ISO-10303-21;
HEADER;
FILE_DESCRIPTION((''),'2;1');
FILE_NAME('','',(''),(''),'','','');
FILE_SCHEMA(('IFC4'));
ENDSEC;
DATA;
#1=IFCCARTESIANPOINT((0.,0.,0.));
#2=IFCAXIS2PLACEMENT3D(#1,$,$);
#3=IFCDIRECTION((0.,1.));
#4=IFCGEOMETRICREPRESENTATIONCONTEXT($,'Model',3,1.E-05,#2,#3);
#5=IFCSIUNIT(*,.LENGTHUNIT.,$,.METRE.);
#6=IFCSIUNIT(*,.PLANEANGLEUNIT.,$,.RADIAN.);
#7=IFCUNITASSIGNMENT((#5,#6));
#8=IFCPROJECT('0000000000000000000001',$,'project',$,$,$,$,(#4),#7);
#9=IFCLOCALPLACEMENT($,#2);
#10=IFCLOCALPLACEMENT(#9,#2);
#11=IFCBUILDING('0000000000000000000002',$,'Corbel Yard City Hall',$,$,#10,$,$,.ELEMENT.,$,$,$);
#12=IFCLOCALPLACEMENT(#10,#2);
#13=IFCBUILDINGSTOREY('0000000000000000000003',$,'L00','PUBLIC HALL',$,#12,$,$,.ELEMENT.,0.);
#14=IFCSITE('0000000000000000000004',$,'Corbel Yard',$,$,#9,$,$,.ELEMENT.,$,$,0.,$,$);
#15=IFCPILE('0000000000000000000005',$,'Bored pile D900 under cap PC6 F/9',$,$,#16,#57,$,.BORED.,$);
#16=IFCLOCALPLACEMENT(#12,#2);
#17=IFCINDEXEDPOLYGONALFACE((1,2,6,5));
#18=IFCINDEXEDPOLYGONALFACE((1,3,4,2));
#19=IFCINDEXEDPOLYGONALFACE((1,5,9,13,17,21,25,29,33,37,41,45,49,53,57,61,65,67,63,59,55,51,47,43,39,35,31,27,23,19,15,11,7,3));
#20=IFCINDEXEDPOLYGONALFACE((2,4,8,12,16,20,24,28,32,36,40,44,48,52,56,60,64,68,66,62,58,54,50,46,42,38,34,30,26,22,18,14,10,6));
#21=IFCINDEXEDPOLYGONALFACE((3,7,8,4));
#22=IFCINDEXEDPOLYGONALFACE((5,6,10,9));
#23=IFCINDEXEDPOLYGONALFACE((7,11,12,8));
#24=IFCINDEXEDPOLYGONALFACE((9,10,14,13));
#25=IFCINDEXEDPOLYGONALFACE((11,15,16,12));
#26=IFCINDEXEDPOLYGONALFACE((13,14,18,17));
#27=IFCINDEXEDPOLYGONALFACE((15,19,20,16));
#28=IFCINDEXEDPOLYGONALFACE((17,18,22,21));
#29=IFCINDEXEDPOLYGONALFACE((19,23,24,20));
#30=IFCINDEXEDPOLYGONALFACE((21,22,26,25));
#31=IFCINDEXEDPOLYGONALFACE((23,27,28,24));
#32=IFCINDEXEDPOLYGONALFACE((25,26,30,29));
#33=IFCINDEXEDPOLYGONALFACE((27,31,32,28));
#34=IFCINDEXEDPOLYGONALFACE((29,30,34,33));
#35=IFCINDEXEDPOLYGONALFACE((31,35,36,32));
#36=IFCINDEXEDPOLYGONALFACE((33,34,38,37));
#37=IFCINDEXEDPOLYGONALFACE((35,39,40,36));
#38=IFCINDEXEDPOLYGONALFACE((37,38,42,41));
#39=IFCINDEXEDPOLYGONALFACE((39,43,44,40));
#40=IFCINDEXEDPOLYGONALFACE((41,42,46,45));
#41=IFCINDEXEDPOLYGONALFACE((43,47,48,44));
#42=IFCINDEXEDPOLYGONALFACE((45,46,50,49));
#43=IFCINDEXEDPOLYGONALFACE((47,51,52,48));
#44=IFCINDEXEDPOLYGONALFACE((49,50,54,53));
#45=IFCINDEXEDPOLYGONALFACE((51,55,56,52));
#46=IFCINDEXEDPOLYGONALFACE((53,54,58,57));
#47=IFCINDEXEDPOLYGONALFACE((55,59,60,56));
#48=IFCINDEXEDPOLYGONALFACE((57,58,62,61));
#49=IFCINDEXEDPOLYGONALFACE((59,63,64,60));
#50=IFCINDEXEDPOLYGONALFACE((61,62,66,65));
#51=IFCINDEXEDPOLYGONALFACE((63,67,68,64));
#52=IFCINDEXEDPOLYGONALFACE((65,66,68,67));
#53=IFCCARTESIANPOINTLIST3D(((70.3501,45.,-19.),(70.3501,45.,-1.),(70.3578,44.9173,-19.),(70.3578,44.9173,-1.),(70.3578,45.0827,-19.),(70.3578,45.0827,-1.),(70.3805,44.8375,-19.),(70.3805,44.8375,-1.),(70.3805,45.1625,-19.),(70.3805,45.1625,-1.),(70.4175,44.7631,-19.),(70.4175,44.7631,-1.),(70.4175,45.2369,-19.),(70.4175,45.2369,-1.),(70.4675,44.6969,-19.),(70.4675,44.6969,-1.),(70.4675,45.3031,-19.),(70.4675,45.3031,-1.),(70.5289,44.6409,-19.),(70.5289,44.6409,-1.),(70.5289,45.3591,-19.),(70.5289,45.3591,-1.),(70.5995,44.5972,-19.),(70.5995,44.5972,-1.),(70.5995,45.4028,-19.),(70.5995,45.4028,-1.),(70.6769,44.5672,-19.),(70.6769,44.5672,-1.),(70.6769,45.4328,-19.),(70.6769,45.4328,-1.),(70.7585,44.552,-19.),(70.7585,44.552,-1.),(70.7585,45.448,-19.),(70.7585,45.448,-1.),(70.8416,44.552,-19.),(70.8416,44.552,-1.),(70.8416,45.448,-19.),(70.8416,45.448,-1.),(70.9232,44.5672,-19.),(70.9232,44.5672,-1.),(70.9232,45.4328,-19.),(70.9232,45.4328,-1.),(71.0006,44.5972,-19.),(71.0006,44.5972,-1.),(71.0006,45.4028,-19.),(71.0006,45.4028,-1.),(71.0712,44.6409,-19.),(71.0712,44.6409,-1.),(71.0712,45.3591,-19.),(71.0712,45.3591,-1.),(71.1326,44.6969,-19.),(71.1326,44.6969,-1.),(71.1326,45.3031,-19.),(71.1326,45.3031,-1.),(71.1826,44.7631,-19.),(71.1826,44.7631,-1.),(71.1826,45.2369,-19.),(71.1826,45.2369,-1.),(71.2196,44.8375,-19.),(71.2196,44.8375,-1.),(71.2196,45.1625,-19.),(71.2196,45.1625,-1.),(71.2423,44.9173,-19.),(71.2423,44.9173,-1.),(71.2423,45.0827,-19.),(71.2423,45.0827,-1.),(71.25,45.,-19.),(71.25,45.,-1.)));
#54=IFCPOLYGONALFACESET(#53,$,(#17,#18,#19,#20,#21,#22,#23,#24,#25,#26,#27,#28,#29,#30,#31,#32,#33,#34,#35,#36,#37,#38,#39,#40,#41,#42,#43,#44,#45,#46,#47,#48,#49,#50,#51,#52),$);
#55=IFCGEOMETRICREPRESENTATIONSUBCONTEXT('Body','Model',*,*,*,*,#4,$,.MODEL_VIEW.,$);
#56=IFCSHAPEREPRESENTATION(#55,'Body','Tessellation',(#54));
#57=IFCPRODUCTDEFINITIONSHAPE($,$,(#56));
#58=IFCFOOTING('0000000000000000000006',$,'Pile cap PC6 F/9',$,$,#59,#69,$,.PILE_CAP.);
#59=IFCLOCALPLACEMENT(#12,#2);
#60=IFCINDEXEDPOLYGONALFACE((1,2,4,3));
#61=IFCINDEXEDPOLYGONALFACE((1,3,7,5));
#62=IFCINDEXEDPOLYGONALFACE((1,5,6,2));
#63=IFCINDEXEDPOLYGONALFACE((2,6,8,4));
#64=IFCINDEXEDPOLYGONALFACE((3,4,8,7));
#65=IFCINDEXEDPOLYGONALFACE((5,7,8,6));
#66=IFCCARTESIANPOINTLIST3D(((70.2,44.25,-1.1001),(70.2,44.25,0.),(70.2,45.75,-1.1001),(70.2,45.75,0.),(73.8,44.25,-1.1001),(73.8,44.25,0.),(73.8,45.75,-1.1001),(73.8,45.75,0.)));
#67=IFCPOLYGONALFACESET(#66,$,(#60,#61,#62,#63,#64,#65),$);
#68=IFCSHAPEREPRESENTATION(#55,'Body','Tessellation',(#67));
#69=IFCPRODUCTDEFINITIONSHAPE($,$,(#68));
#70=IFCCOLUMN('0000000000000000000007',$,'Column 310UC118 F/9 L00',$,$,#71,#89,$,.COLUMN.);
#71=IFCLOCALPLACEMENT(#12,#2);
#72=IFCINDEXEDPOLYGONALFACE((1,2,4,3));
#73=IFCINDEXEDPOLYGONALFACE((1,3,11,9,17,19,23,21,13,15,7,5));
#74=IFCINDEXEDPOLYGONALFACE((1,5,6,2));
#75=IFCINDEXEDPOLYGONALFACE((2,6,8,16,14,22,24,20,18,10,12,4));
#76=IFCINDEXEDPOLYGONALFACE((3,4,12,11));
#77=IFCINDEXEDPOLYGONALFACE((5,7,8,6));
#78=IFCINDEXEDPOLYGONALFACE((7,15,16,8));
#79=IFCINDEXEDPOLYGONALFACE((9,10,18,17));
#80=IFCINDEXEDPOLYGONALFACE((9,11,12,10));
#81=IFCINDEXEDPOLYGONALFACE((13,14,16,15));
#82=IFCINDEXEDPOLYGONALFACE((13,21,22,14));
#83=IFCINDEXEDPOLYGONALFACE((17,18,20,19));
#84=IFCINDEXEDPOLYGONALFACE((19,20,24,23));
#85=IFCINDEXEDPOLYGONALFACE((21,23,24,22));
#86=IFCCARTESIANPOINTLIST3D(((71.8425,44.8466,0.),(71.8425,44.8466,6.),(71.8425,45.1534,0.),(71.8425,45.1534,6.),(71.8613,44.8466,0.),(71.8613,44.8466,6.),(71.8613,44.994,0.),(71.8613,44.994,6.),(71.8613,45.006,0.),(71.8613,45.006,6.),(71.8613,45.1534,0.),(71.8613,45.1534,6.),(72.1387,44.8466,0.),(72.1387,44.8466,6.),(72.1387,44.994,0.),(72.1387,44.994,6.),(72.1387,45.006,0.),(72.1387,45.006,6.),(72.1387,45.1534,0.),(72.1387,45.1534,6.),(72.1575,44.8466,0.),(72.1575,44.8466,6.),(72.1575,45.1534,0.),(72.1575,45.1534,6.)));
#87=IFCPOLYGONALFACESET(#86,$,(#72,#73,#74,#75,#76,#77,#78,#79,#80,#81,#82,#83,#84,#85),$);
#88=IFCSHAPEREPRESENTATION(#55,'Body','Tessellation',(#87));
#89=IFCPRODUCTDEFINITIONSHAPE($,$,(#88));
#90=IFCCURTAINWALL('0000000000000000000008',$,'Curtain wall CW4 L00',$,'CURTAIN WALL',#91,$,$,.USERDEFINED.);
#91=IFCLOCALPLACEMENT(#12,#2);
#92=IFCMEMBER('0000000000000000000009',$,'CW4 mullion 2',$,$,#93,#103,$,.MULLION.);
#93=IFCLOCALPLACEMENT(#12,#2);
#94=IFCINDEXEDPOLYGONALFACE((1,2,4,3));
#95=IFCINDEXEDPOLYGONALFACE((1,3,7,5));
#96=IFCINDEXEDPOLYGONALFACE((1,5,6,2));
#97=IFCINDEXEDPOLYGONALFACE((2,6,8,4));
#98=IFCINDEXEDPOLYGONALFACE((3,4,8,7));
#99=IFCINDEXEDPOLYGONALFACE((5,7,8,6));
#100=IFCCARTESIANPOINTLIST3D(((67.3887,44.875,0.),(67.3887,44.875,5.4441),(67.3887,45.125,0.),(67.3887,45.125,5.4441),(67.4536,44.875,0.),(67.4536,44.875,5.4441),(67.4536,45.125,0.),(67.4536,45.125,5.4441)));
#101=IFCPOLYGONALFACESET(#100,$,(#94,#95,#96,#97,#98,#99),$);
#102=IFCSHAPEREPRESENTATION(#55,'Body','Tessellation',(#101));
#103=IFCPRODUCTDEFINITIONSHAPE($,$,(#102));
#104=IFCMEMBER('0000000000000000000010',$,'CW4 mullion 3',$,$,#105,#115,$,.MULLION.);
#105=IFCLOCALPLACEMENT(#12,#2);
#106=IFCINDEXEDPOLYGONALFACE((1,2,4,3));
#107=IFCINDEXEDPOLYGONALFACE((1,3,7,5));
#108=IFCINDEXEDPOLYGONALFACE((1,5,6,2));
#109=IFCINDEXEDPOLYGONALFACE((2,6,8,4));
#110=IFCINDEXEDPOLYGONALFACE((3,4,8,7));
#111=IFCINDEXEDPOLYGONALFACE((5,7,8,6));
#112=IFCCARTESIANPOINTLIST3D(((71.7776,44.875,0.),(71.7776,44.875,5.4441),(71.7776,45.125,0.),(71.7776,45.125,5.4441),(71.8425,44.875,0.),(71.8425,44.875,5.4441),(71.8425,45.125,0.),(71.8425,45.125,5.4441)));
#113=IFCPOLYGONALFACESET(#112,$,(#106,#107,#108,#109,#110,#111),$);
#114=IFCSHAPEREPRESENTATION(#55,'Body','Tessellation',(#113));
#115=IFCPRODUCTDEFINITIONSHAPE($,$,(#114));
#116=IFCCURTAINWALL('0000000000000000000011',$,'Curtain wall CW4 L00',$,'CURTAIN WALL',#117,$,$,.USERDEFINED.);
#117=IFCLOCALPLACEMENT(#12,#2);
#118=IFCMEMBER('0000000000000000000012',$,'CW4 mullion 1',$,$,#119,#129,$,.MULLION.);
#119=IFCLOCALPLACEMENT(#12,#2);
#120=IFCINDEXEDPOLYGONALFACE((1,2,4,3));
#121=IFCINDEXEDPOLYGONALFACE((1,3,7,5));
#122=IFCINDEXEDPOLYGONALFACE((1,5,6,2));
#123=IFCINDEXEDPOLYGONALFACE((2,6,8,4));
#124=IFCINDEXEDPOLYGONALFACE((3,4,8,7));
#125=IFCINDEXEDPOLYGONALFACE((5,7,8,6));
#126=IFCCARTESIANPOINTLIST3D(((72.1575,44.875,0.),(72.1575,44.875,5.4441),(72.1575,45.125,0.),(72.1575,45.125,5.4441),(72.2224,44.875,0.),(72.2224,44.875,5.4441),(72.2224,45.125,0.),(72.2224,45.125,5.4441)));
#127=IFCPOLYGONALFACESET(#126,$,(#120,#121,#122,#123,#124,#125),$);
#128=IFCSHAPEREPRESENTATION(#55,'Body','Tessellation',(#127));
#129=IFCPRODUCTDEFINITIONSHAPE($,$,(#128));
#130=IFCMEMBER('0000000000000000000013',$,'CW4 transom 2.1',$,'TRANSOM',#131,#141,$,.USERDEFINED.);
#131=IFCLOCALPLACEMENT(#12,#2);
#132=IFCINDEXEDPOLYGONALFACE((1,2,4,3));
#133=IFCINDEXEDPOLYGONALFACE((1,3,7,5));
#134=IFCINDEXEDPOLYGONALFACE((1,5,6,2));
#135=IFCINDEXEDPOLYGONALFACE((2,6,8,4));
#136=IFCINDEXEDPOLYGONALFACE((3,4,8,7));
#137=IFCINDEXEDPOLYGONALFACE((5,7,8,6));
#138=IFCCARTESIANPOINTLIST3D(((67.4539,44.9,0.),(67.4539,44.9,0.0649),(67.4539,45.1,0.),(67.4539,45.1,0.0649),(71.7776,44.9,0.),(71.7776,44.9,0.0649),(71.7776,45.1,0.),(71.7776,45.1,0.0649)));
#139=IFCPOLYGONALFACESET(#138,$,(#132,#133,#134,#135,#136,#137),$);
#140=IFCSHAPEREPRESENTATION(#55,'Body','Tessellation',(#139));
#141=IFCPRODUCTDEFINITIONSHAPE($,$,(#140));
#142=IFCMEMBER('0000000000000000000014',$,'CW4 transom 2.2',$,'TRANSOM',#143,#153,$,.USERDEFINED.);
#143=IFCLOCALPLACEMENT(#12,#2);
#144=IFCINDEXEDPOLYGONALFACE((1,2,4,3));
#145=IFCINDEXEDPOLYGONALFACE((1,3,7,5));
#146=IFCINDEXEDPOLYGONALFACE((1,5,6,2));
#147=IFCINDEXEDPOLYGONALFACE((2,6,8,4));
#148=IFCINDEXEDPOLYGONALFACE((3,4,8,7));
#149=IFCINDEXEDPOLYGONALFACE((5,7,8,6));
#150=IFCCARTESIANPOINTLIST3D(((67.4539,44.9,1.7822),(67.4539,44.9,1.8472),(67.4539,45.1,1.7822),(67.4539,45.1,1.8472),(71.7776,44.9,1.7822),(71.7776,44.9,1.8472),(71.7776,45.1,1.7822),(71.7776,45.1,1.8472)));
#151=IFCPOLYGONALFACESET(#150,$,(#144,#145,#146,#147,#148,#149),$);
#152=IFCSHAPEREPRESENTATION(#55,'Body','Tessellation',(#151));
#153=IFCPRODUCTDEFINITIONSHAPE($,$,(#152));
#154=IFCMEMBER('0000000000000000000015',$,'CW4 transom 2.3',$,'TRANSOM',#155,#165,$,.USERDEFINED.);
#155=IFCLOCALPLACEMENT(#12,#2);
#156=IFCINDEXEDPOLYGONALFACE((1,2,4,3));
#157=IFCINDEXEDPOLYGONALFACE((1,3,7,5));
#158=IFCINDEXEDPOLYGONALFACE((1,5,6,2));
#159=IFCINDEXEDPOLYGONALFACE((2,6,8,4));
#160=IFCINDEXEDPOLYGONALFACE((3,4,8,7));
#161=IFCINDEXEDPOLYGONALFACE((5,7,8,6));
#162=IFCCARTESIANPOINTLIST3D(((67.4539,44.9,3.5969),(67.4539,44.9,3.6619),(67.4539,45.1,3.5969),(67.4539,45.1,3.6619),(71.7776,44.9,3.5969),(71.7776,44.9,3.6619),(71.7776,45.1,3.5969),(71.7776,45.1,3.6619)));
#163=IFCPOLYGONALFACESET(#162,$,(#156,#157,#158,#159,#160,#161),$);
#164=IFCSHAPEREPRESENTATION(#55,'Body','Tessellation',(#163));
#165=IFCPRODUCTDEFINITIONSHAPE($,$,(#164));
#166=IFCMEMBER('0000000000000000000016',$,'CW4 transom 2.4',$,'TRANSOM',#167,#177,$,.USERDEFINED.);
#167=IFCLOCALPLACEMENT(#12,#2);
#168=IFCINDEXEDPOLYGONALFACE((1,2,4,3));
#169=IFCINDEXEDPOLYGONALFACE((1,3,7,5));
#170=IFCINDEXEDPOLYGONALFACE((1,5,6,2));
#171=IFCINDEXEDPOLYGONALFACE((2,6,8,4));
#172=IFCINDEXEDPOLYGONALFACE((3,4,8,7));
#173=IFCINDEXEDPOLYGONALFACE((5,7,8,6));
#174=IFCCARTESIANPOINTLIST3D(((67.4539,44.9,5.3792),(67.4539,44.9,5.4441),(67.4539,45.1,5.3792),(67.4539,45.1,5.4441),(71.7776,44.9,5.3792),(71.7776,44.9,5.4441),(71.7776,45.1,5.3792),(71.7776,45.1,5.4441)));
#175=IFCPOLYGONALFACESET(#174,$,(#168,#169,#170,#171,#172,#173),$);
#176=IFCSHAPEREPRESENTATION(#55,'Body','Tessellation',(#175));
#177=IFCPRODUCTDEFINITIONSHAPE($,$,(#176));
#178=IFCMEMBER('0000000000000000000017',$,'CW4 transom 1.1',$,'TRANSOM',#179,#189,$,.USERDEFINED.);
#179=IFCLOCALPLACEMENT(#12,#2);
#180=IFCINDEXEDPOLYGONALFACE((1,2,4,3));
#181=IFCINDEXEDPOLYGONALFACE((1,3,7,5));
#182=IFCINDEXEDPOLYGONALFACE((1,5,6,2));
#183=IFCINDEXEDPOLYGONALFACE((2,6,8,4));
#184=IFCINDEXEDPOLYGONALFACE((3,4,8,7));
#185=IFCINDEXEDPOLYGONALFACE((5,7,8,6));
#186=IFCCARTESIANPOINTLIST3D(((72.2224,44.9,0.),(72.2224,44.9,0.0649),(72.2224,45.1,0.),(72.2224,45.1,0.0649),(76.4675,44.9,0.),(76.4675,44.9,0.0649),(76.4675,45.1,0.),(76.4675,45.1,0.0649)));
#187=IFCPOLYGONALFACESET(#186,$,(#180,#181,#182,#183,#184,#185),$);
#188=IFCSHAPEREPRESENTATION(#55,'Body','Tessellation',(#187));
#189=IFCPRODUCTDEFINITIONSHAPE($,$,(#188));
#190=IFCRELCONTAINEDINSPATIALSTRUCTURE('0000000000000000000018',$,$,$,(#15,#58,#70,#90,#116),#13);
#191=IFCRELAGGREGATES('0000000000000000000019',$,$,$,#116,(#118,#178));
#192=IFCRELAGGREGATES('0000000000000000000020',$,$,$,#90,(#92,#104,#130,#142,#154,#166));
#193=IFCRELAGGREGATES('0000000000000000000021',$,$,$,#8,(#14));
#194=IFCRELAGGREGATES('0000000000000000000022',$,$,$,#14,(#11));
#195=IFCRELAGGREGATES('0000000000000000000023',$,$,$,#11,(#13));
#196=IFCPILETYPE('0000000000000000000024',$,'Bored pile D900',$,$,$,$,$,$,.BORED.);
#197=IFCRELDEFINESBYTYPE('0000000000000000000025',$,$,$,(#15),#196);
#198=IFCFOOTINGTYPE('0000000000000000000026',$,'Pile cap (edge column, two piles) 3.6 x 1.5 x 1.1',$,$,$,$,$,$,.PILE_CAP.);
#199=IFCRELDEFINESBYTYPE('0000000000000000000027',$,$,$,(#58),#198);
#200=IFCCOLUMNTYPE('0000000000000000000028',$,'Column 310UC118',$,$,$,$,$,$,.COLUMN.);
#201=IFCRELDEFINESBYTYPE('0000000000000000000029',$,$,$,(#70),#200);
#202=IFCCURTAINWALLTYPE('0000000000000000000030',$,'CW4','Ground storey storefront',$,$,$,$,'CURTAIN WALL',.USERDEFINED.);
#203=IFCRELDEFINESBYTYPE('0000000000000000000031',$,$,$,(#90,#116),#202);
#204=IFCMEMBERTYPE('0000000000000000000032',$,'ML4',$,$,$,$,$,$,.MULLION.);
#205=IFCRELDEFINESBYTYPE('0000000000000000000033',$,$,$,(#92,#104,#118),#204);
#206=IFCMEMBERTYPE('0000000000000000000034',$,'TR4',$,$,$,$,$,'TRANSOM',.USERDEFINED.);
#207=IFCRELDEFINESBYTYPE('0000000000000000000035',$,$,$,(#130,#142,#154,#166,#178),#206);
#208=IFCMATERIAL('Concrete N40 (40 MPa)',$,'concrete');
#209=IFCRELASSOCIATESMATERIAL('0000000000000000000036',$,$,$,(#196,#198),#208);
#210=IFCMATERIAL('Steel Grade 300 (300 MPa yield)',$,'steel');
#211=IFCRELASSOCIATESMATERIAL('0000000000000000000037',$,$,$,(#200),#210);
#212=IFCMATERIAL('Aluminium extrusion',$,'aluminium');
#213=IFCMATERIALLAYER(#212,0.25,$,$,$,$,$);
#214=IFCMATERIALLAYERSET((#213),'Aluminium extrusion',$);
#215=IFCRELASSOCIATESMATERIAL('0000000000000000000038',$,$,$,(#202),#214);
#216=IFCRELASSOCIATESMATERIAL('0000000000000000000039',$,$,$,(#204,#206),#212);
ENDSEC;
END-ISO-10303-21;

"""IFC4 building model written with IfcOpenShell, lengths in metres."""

from ifc_helpers import new_model, si_unit, direction, frame, origin, origin_2d, place, context, subcontext, project, spatial, rectangle, circle, i_section, extrude, material, layer, layer_set, material_profile, profile_set, type_object, element, aggregate, save


model = new_model("IFC4")

# Units and contexts
model_context = context("Model", 3, precision=1e-05, world=origin(), true_north=direction((0.0, 1.0)))
body_context = subcontext(model_context, "Body", "Model", "MODEL_VIEW")
ifc_project = project(units=[si_unit("LENGTHUNIT", "METRE"), si_unit("PLANEANGLEUNIT", "RADIAN")], contexts=[model_context])

# Site, building, storey
site_placement = place(None, origin())
site = spatial("IfcSite", under=ifc_project, at=site_placement, Name="Corbel Yard", CompositionType="ELEMENT", RefElevation=0.0)
building_placement = place(site_placement, origin())
building = spatial("IfcBuilding", under=site, at=building_placement, Name="Corbel Yard City Hall", CompositionType="ELEMENT")
storey_placement = place(building_placement, origin())
storey = spatial("IfcBuildingStorey", under=building, at=storey_placement, Name="L00", Description="PUBLIC HALL", CompositionType="ELEMENT", Elevation=0.0)

# Pile
ifc_material_1 = material(Name="Concrete N40 (40 MPa)", Category="concrete")
ifc_material_profile_1 = material_profile(ifc_material_1, circle(Radius=0.45, at=origin_2d()), Name="D900")
ifc_profile_set_1 = profile_set([ifc_material_profile_1], Name="Concrete N40 (40 MPa)")
pile_type = type_object("IfcPileType", Name="Bored pile D900", PredefinedType="BORED", material=ifc_profile_set_1)
pile_placement = place(storey_placement, frame((70.8, 45.0, -1.0), z_axis=(0.0, 0.0, -1.0), x_axis=(1.0, 0.0, 0.0)))
element("IfcPile", 1, at=pile_placement, inside=storey, type_object=pile_type, Name="Bored pile D900 under cap PC6 F/9", PredefinedType="BORED", context=body_context, shape_type="SweptSolid", body=[
    extrude(circle(Radius=0.45, at=origin_2d()), origin(), (0.0, 0.0, 1.0), 18.0),
])

# Footing
footing_type = type_object("IfcFootingType", Name="Pile cap (edge column, two piles) 3.6 x 1.5 x 1.1", PredefinedType="PILE_CAP", material=ifc_material_1)
footing_placement = place(storey_placement, frame((72.0, 45.0, -1.1001), z_axis=(0.0, 0.0, 1.0), x_axis=(1.0, 0.0, 0.0)))
element("IfcFooting", 2, at=footing_placement, inside=storey, type_object=footing_type, Name="Pile cap PC6 F/9", PredefinedType="PILE_CAP", context=body_context, shape_type="SweptSolid", body=[
    extrude(rectangle(XDim=3.6001, YDim=1.5, at=origin_2d()), origin(), (0.0, 0.0, 1.0), 1.1001),
])

# Column
ifc_material_2 = material(Name="Steel Grade 300 (300 MPa yield)", Category="steel")
ifc_material_profile_2 = material_profile(ifc_material_2, i_section(OverallWidth=0.3069, OverallDepth=0.3149, WebThickness=0.012, FlangeThickness=0.0188, at=origin_2d()), Name="310UC118")
ifc_profile_set_2 = profile_set([ifc_material_profile_2], Name="Steel Grade 300 (300 MPa yield)")
column_type = type_object("IfcColumnType", Name="Column 310UC118", PredefinedType="COLUMN", material=ifc_profile_set_2)
column_placement = place(storey_placement, frame((72.0, 45.0, 0.0), z_axis=(0.0, 0.0, 1.0), x_axis=(0.0, 1.0, 0.0)))
element("IfcColumn", 3, at=column_placement, inside=storey, type_object=column_type, Name="Column 310UC118 F/9 L00", PredefinedType="COLUMN", context=body_context, shape_type="SweptSolid", body=[
    extrude(i_section(OverallWidth=0.3069, OverallDepth=0.3149, WebThickness=0.012, FlangeThickness=0.0188, at=origin_2d()), origin(), (0.0, 0.0, 1.0), 6.0),
])

# Curtain wall, members
ifc_material_3 = material(Name="Aluminium extrusion", Category="aluminium")
ifc_layer_1 = layer(ifc_material_3, 0.25)
ifc_layer_set_1 = layer_set([ifc_layer_1], Name="Aluminium extrusion")
curtain_wall_type = type_object("IfcCurtainWallType", Name="CW4", Description="Ground storey storefront", ElementType="CURTAIN WALL", PredefinedType="USERDEFINED", material=ifc_layer_set_1)
curtain_wall_1_placement = place(storey_placement, origin())
curtain_wall_1 = element("IfcCurtainWall", 4, at=curtain_wall_1_placement, inside=storey, type_object=curtain_wall_type, Name="Curtain wall CW4 L00", ObjectType="CURTAIN WALL", PredefinedType="USERDEFINED")
ifc_material_profile_3 = material_profile(ifc_material_3, rectangle(XDim=0.25, YDim=0.0649, at=origin_2d()), Name="250x65")
ifc_profile_set_3 = profile_set([ifc_material_profile_3], Name="Aluminium extrusion")
member_type_1 = type_object("IfcMemberType", Name="ML4", PredefinedType="MULLION", material=ifc_profile_set_3)
member_1_placement = place(storey_placement, frame((67.4211, 45.0, 0.0), z_axis=(0.0, 0.0, 1.0), x_axis=(0.0, 1.0, 0.0)))
member_1 = element("IfcMember", 5, at=member_1_placement, type_object=member_type_1, Name="CW4 mullion 2", PredefinedType="MULLION", context=body_context, shape_type="SweptSolid", body=[
    extrude(rectangle(XDim=0.25, YDim=0.0649, at=origin_2d()), origin(), (0.0, 0.0, 1.0), 5.4441),
])
member_2_placement = place(storey_placement, frame((71.8101, 45.0, 0.0), z_axis=(0.0, 0.0, 1.0), x_axis=(0.0, 1.0, 0.0)))
member_2 = element("IfcMember", 6, at=member_2_placement, type_object=member_type_1, Name="CW4 mullion 3", PredefinedType="MULLION", context=body_context, shape_type="SweptSolid", body=[
    extrude(rectangle(XDim=0.25, YDim=0.0649, at=origin_2d()), origin(), (0.0, 0.0, 1.0), 5.4441),
])

# Curtain wall, member
curtain_wall_2_placement = place(storey_placement, origin())
curtain_wall_2 = element("IfcCurtainWall", 7, at=curtain_wall_2_placement, inside=storey, type_object=curtain_wall_type, Name="Curtain wall CW4 L00", ObjectType="CURTAIN WALL", PredefinedType="USERDEFINED")
member_3_placement = place(storey_placement, frame((72.1899, 45.0, 0.0), z_axis=(0.0, 0.0, 1.0), x_axis=(0.0, 1.0, 0.0)))
member_3 = element("IfcMember", 8, at=member_3_placement, type_object=member_type_1, Name="CW4 mullion 1", PredefinedType="MULLION", context=body_context, shape_type="SweptSolid", body=[
    extrude(rectangle(XDim=0.25, YDim=0.0649, at=origin_2d()), origin(), (0.0, 0.0, 1.0), 5.4441),
])

# Members
ifc_material_profile_4 = material_profile(ifc_material_3, rectangle(XDim=0.2, YDim=0.0649, at=origin_2d()), Name="200x65")
ifc_profile_set_4 = profile_set([ifc_material_profile_4], Name="Aluminium extrusion")
member_type_2 = type_object("IfcMemberType", Name="TR4", ElementType="TRANSOM", PredefinedType="USERDEFINED", material=ifc_profile_set_4)
member_4_placement = place(storey_placement, frame((67.4539, 45.0, 0.0325), z_axis=(1.0, 0.0, 0.0), x_axis=(0.0, 1.0, 0.0)))
member_4 = element("IfcMember", 9, at=member_4_placement, type_object=member_type_2, Name="CW4 transom 2.1", ObjectType="TRANSOM", PredefinedType="USERDEFINED", context=body_context, shape_type="SweptSolid", body=[
    extrude(rectangle(XDim=0.2, YDim=0.0649, at=origin_2d()), origin(), (0.0, 0.0, 1.0), 4.3237),
])
member_5_placement = place(storey_placement, frame((67.4539, 45.0, 1.8147), z_axis=(1.0, 0.0, 0.0), x_axis=(0.0, 1.0, 0.0)))
member_5 = element("IfcMember", 10, at=member_5_placement, type_object=member_type_2, Name="CW4 transom 2.2", ObjectType="TRANSOM", PredefinedType="USERDEFINED", context=body_context, shape_type="SweptSolid", body=[
    extrude(rectangle(XDim=0.2, YDim=0.0649, at=origin_2d()), origin(), (0.0, 0.0, 1.0), 4.3237),
])
member_6_placement = place(storey_placement, frame((67.4539, 45.0, 3.6294), z_axis=(1.0, 0.0, 0.0), x_axis=(0.0, 1.0, 0.0)))
member_6 = element("IfcMember", 11, at=member_6_placement, type_object=member_type_2, Name="CW4 transom 2.3", ObjectType="TRANSOM", PredefinedType="USERDEFINED", context=body_context, shape_type="SweptSolid", body=[
    extrude(rectangle(XDim=0.2, YDim=0.0649, at=origin_2d()), origin(), (0.0, 0.0, 1.0), 4.3237),
])
member_7_placement = place(storey_placement, frame((67.4539, 45.0, 5.4116), z_axis=(1.0, 0.0, 0.0), x_axis=(0.0, 1.0, 0.0)))
member_7 = element("IfcMember", 12, at=member_7_placement, type_object=member_type_2, Name="CW4 transom 2.4", ObjectType="TRANSOM", PredefinedType="USERDEFINED", context=body_context, shape_type="SweptSolid", body=[
    extrude(rectangle(XDim=0.2, YDim=0.0649, at=origin_2d()), origin(), (0.0, 0.0, 1.0), 4.3237),
])
member_8_placement = place(storey_placement, frame((72.2224, 45.0, 0.0325), z_axis=(1.0, 0.0, 0.0), x_axis=(0.0, 1.0, 0.0)))
member_8 = element("IfcMember", 13, at=member_8_placement, type_object=member_type_2, Name="CW4 transom 1.1", ObjectType="TRANSOM", PredefinedType="USERDEFINED", context=body_context, shape_type="SweptSolid", body=[
    extrude(rectangle(XDim=0.2, YDim=0.0649, at=origin_2d()), origin(), (0.0, 0.0, 1.0), 4.2451),
])
aggregate(curtain_wall_2, [member_3, member_8])

aggregate(curtain_wall_1, [member_1, member_2, member_4, member_5, member_6, member_7])

save(model, "model.ifc")
